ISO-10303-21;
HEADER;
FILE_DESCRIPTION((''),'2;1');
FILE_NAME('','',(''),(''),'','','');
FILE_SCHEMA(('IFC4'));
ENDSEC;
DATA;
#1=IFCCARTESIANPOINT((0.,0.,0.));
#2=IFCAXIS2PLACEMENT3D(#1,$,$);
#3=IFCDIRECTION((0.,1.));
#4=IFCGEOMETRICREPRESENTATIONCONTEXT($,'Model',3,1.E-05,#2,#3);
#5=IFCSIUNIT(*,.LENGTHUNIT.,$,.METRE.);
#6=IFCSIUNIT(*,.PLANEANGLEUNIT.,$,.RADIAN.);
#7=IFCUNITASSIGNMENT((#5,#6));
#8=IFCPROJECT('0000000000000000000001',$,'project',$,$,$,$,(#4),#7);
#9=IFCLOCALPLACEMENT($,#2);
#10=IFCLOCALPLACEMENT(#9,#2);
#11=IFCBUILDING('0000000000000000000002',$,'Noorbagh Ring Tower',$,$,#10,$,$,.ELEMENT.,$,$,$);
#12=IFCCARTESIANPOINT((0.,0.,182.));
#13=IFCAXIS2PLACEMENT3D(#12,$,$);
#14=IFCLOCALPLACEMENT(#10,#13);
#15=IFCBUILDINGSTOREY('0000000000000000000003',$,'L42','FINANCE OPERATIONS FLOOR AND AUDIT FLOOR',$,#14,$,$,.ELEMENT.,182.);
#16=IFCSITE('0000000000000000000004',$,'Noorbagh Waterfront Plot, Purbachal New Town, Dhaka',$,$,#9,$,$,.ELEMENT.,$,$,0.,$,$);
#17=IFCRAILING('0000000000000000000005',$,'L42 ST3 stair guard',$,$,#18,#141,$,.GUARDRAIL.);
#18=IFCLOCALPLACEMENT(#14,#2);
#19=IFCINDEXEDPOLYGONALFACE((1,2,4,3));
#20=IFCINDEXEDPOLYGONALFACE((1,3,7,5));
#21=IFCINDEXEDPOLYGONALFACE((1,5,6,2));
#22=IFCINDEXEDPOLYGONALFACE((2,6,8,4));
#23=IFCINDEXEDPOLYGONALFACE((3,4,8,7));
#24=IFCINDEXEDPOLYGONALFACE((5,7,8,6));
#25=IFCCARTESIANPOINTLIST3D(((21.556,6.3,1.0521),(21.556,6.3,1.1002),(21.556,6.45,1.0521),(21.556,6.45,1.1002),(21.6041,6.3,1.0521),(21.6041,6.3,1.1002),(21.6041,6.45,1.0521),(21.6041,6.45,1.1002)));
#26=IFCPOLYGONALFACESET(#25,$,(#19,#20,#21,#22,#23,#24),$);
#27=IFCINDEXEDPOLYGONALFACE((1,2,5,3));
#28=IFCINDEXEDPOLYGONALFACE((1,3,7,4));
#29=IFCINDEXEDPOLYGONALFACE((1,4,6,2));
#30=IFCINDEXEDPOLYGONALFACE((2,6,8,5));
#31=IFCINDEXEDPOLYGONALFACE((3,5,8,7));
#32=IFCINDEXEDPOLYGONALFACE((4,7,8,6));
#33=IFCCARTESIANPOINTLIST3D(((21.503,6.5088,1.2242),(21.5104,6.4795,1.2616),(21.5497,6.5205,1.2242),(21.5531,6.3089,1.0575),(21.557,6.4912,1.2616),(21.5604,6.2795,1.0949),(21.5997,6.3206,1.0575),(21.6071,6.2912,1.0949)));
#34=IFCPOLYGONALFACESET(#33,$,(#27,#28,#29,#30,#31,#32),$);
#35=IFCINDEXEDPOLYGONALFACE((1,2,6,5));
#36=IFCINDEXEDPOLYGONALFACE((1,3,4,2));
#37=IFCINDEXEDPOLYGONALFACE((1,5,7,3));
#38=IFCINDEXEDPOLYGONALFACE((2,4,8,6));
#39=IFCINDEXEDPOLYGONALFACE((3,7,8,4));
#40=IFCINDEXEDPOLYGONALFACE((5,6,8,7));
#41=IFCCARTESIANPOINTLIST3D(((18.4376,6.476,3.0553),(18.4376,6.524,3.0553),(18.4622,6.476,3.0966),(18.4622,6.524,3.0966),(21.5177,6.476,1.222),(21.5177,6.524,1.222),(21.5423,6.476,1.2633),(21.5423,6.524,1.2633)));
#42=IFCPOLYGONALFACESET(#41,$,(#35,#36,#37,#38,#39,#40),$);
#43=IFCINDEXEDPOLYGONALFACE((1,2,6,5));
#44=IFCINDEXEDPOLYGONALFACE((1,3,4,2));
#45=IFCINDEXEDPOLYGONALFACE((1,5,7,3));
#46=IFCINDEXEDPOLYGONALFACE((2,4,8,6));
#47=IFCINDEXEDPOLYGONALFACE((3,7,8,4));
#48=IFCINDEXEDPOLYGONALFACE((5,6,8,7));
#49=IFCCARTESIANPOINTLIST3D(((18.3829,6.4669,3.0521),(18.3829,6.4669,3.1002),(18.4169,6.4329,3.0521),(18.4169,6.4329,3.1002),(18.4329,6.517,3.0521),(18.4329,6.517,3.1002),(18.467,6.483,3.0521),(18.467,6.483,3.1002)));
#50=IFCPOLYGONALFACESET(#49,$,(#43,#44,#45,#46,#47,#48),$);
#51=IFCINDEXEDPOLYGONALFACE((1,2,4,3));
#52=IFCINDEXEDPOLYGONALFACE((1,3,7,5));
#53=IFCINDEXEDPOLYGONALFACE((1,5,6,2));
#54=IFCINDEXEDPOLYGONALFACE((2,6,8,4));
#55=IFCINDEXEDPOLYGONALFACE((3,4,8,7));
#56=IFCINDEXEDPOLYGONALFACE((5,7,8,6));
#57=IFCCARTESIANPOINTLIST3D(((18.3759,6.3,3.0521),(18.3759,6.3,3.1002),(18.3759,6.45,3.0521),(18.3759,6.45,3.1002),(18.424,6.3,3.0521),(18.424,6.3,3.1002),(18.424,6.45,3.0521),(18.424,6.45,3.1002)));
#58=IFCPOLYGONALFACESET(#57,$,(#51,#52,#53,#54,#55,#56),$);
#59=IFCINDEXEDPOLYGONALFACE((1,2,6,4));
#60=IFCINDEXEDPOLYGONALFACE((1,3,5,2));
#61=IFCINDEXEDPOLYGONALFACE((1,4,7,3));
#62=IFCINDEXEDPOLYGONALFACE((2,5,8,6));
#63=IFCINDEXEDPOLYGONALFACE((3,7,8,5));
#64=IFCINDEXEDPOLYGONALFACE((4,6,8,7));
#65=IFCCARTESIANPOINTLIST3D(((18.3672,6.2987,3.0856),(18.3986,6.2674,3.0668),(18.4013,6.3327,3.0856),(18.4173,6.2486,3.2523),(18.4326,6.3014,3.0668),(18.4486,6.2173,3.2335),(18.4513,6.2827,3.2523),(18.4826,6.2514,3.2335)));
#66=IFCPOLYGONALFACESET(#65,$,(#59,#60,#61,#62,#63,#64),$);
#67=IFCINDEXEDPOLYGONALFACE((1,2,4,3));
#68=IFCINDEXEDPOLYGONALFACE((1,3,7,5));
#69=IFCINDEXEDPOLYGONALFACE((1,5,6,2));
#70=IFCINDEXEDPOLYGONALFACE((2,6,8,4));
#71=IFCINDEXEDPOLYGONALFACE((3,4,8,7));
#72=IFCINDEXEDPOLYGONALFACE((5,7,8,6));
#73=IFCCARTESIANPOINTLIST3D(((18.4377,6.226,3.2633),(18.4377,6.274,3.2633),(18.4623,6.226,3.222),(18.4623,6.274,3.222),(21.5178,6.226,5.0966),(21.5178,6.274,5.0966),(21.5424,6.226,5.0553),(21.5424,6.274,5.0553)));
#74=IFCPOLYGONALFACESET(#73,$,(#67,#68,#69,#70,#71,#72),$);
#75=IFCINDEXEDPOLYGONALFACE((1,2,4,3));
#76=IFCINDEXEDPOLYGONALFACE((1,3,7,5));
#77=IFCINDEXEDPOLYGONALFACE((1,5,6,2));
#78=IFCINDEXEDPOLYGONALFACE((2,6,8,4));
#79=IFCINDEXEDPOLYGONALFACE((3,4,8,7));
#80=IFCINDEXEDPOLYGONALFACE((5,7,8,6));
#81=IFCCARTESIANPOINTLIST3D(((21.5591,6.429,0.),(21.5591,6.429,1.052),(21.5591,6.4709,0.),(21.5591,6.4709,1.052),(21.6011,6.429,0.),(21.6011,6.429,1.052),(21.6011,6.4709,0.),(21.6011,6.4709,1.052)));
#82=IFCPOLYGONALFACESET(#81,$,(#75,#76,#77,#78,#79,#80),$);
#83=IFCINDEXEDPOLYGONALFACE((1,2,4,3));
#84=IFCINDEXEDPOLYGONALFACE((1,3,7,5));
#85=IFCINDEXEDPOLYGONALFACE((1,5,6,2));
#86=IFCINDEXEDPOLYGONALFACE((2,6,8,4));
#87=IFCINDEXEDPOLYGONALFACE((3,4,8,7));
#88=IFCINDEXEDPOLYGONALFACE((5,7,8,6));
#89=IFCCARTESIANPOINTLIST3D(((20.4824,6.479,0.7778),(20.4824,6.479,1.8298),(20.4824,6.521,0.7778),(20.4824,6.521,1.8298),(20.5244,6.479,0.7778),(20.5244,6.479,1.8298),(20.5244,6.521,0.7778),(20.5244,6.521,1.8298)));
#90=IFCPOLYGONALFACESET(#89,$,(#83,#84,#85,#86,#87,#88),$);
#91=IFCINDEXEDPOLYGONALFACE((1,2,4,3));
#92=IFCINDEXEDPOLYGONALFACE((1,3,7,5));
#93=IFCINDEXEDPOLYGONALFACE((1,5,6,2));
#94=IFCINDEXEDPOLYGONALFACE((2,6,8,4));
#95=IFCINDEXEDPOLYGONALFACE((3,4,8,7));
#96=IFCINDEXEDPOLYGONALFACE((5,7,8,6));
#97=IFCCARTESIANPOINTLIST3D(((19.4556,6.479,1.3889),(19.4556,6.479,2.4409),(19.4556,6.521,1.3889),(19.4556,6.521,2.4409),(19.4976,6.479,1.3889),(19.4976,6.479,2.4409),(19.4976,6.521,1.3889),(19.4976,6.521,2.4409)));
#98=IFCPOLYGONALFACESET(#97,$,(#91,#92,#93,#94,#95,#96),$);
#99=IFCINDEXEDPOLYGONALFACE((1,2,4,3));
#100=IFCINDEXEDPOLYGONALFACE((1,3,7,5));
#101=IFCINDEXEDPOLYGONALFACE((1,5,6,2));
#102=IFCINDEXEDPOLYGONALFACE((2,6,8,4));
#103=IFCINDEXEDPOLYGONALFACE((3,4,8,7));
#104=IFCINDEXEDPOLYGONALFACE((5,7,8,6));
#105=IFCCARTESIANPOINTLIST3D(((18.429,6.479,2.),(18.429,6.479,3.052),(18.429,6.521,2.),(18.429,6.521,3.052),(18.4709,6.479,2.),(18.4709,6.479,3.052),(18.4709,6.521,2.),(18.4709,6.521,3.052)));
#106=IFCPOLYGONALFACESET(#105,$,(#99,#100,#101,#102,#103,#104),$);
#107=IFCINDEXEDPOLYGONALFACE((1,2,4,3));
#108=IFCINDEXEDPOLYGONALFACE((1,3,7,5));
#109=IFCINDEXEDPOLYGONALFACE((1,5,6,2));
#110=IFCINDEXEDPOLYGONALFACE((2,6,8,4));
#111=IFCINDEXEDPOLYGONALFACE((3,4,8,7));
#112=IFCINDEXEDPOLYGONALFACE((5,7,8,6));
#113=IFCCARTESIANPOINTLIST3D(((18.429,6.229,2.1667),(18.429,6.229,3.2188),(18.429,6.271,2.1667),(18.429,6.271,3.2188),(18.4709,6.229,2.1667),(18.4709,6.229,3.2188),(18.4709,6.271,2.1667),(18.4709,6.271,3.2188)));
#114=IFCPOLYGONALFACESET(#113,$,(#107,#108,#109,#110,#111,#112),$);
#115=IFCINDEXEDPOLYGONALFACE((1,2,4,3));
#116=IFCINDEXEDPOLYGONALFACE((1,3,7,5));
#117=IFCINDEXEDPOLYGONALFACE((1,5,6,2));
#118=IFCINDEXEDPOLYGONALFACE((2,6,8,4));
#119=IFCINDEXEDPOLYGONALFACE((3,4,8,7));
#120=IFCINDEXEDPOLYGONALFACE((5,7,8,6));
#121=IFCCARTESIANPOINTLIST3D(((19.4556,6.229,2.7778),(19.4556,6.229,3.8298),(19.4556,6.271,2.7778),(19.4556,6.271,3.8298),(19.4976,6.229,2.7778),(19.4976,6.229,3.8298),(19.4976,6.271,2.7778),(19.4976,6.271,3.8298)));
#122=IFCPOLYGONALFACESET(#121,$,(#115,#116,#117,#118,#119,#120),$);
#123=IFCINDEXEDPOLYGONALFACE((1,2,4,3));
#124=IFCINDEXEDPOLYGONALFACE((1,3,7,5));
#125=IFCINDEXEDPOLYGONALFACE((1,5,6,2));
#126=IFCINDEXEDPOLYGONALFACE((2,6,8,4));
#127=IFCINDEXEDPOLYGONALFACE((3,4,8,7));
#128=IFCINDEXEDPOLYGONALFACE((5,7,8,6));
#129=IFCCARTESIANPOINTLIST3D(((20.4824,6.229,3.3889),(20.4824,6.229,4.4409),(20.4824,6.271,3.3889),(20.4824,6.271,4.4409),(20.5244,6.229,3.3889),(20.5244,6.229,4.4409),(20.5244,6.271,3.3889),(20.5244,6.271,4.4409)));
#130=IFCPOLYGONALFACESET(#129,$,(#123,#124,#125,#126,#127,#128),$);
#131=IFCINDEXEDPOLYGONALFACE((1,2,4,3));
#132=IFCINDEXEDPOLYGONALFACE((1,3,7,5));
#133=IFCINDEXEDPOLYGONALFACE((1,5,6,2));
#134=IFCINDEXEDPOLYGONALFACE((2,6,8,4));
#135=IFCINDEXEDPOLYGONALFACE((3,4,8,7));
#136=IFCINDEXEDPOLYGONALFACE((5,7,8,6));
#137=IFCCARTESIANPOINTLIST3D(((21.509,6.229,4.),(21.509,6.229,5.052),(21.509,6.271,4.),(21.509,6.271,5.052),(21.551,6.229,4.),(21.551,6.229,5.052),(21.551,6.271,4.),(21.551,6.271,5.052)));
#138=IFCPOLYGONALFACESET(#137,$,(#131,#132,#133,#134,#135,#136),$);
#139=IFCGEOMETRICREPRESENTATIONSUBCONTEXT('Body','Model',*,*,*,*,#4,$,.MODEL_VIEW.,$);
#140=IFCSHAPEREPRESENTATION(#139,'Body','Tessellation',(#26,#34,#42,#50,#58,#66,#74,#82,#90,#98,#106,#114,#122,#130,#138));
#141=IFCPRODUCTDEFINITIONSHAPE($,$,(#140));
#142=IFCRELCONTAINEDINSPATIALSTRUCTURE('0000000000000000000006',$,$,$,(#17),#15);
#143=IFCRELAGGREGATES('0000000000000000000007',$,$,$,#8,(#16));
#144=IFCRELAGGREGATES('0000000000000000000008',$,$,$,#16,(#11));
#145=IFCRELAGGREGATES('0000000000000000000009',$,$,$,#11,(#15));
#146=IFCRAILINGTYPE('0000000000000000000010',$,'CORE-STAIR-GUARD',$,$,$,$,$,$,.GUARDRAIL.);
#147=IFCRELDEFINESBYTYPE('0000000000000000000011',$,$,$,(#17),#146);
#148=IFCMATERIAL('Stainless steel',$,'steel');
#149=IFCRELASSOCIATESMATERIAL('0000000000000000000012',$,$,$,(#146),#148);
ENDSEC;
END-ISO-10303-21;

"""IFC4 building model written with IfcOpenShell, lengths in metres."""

from ifc_helpers import new_model, si_unit, direction, frame, origin, origin_2d, place, context, subcontext, project, spatial, rectangle, extrude, material, type_object, element, save


model = new_model("IFC4")

# Units and contexts
model_context = context("Model", 3, precision=1e-05, world=origin(), true_north=direction((0.0, 1.0)))
body_context = subcontext(model_context, "Body", "Model", "MODEL_VIEW")
ifc_project = project(units=[si_unit("LENGTHUNIT", "METRE"), si_unit("PLANEANGLEUNIT", "RADIAN")], contexts=[model_context])

# Site, building, storey
site_placement = place(None, origin())
site = spatial("IfcSite", under=ifc_project, at=site_placement, Name="Noorbagh Waterfront Plot, Purbachal New Town, Dhaka", CompositionType="ELEMENT", RefElevation=0.0)
building_placement = place(site_placement, origin())
building = spatial("IfcBuilding", under=site, at=building_placement, Name="Noorbagh Ring Tower", CompositionType="ELEMENT")
storey_placement = place(building_placement, frame((0.0, 0.0, 182.0)))
storey = spatial("IfcBuildingStorey", under=building, at=storey_placement, Name="L42", Description="FINANCE OPERATIONS FLOOR AND AUDIT FLOOR", CompositionType="ELEMENT", Elevation=182.0)

# Railing
ifc_material_1 = material(Name="Stainless steel", Category="steel")
railing_type = type_object("IfcRailingType", Name="CORE-STAIR-GUARD", PredefinedType="GUARDRAIL", material=ifc_material_1)
railing_placement = place(storey_placement, frame((21.5801, 6.45, 0.0)))
element("IfcRailing", 1, at=railing_placement, inside=storey, type_object=railing_type, Name="L42 ST3 stair guard", PredefinedType="GUARDRAIL", context=body_context, shape_type="SweptSolid", body=[
    extrude(rectangle(XDim=0.0481, YDim=0.0481, at=origin_2d()), frame((0.0, 0.0, 1.0762), z_axis=(0.0, -1.0, 0.0), x_axis=(1.0, 0.0, 0.0)), (0.0, 0.0, 1.0), 0.1499),
    extrude(rectangle(XDim=0.0481, YDim=0.0481, at=origin_2d()), frame((0.0, -0.1499, 1.0762), z_axis=(-0.188776, 0.754182, 0.628946), x_axis=(-0.970073, -0.242814, 0.0)), (0.0, 0.0, 1.0), 0.2651),
    extrude(rectangle(XDim=0.0481, YDim=0.0481, at=origin_2d()), frame((-0.05, 0.05, 1.2427), z_axis=(-0.859309, 0.0, 0.511458), x_axis=(0.0, -1.0, 0.0)), (0.0, 0.0, 1.0), 3.5845),
    extrude(rectangle(XDim=0.0481, YDim=0.0481, at=origin_2d()), frame((-3.1301, 0.05, 3.0762), z_axis=(-0.707107, -0.707107, 0.0), x_axis=(0.707107, -0.707107, 0.0)), (0.0, 0.0, 1.0), 0.0708),
    extrude(rectangle(XDim=0.0481, YDim=0.0481, at=origin_2d()), frame((-3.1802, 0.0, 3.0762), z_axis=(0.0, -1.0, 0.0), x_axis=(1.0, 0.0, 0.0)), (0.0, 0.0, 1.0), 0.1499),
    extrude(rectangle(XDim=0.0481, YDim=0.0481, at=origin_2d()), frame((-3.1802, -0.1499, 3.0762), z_axis=(0.276287, -0.276287, 0.920506), x_axis=(0.707107, 0.707107, 0.0)), (0.0, 0.0, 1.0), 0.1812),
    extrude(rectangle(XDim=0.0481, YDim=0.0481, at=origin_2d()), frame((-3.1301, -0.2, 3.2427), z_axis=(0.859309, 0.0, 0.511458), x_axis=(0.0, 1.0, 0.0)), (0.0, 0.0, 1.0), 3.5845),
    extrude(rectangle(XDim=0.042, YDim=0.042, at=origin_2d()), origin(), (0.0, 0.0, 1.0), 1.052),
    extrude(rectangle(XDim=0.042, YDim=0.042, at=origin_2d()), frame((-1.0767, 0.05, 0.7778)), (0.0, 0.0, 1.0), 1.052),
    extrude(rectangle(XDim=0.042, YDim=0.042, at=origin_2d()), frame((-2.1035, 0.05, 1.3889)), (0.0, 0.0, 1.0), 1.052),
    extrude(rectangle(XDim=0.042, YDim=0.042, at=origin_2d()), frame((-3.1301, 0.05, 2.0)), (0.0, 0.0, 1.0), 1.052),
    extrude(rectangle(XDim=0.042, YDim=0.042, at=origin_2d()), frame((-3.1301, -0.2, 2.1667)), (0.0, 0.0, 1.0), 1.052),
    extrude(rectangle(XDim=0.042, YDim=0.042, at=origin_2d()), frame((-2.1035, -0.2, 2.7778)), (0.0, 0.0, 1.0), 1.052),
    extrude(rectangle(XDim=0.042, YDim=0.042, at=origin_2d()), frame((-1.0767, -0.2, 3.3889)), (0.0, 0.0, 1.0), 1.052),
    extrude(rectangle(XDim=0.042, YDim=0.042, at=origin_2d()), frame((-0.05, -0.2, 4.0)), (0.0, 0.0, 1.0), 1.052),
])

save(model, "model.ifc")
